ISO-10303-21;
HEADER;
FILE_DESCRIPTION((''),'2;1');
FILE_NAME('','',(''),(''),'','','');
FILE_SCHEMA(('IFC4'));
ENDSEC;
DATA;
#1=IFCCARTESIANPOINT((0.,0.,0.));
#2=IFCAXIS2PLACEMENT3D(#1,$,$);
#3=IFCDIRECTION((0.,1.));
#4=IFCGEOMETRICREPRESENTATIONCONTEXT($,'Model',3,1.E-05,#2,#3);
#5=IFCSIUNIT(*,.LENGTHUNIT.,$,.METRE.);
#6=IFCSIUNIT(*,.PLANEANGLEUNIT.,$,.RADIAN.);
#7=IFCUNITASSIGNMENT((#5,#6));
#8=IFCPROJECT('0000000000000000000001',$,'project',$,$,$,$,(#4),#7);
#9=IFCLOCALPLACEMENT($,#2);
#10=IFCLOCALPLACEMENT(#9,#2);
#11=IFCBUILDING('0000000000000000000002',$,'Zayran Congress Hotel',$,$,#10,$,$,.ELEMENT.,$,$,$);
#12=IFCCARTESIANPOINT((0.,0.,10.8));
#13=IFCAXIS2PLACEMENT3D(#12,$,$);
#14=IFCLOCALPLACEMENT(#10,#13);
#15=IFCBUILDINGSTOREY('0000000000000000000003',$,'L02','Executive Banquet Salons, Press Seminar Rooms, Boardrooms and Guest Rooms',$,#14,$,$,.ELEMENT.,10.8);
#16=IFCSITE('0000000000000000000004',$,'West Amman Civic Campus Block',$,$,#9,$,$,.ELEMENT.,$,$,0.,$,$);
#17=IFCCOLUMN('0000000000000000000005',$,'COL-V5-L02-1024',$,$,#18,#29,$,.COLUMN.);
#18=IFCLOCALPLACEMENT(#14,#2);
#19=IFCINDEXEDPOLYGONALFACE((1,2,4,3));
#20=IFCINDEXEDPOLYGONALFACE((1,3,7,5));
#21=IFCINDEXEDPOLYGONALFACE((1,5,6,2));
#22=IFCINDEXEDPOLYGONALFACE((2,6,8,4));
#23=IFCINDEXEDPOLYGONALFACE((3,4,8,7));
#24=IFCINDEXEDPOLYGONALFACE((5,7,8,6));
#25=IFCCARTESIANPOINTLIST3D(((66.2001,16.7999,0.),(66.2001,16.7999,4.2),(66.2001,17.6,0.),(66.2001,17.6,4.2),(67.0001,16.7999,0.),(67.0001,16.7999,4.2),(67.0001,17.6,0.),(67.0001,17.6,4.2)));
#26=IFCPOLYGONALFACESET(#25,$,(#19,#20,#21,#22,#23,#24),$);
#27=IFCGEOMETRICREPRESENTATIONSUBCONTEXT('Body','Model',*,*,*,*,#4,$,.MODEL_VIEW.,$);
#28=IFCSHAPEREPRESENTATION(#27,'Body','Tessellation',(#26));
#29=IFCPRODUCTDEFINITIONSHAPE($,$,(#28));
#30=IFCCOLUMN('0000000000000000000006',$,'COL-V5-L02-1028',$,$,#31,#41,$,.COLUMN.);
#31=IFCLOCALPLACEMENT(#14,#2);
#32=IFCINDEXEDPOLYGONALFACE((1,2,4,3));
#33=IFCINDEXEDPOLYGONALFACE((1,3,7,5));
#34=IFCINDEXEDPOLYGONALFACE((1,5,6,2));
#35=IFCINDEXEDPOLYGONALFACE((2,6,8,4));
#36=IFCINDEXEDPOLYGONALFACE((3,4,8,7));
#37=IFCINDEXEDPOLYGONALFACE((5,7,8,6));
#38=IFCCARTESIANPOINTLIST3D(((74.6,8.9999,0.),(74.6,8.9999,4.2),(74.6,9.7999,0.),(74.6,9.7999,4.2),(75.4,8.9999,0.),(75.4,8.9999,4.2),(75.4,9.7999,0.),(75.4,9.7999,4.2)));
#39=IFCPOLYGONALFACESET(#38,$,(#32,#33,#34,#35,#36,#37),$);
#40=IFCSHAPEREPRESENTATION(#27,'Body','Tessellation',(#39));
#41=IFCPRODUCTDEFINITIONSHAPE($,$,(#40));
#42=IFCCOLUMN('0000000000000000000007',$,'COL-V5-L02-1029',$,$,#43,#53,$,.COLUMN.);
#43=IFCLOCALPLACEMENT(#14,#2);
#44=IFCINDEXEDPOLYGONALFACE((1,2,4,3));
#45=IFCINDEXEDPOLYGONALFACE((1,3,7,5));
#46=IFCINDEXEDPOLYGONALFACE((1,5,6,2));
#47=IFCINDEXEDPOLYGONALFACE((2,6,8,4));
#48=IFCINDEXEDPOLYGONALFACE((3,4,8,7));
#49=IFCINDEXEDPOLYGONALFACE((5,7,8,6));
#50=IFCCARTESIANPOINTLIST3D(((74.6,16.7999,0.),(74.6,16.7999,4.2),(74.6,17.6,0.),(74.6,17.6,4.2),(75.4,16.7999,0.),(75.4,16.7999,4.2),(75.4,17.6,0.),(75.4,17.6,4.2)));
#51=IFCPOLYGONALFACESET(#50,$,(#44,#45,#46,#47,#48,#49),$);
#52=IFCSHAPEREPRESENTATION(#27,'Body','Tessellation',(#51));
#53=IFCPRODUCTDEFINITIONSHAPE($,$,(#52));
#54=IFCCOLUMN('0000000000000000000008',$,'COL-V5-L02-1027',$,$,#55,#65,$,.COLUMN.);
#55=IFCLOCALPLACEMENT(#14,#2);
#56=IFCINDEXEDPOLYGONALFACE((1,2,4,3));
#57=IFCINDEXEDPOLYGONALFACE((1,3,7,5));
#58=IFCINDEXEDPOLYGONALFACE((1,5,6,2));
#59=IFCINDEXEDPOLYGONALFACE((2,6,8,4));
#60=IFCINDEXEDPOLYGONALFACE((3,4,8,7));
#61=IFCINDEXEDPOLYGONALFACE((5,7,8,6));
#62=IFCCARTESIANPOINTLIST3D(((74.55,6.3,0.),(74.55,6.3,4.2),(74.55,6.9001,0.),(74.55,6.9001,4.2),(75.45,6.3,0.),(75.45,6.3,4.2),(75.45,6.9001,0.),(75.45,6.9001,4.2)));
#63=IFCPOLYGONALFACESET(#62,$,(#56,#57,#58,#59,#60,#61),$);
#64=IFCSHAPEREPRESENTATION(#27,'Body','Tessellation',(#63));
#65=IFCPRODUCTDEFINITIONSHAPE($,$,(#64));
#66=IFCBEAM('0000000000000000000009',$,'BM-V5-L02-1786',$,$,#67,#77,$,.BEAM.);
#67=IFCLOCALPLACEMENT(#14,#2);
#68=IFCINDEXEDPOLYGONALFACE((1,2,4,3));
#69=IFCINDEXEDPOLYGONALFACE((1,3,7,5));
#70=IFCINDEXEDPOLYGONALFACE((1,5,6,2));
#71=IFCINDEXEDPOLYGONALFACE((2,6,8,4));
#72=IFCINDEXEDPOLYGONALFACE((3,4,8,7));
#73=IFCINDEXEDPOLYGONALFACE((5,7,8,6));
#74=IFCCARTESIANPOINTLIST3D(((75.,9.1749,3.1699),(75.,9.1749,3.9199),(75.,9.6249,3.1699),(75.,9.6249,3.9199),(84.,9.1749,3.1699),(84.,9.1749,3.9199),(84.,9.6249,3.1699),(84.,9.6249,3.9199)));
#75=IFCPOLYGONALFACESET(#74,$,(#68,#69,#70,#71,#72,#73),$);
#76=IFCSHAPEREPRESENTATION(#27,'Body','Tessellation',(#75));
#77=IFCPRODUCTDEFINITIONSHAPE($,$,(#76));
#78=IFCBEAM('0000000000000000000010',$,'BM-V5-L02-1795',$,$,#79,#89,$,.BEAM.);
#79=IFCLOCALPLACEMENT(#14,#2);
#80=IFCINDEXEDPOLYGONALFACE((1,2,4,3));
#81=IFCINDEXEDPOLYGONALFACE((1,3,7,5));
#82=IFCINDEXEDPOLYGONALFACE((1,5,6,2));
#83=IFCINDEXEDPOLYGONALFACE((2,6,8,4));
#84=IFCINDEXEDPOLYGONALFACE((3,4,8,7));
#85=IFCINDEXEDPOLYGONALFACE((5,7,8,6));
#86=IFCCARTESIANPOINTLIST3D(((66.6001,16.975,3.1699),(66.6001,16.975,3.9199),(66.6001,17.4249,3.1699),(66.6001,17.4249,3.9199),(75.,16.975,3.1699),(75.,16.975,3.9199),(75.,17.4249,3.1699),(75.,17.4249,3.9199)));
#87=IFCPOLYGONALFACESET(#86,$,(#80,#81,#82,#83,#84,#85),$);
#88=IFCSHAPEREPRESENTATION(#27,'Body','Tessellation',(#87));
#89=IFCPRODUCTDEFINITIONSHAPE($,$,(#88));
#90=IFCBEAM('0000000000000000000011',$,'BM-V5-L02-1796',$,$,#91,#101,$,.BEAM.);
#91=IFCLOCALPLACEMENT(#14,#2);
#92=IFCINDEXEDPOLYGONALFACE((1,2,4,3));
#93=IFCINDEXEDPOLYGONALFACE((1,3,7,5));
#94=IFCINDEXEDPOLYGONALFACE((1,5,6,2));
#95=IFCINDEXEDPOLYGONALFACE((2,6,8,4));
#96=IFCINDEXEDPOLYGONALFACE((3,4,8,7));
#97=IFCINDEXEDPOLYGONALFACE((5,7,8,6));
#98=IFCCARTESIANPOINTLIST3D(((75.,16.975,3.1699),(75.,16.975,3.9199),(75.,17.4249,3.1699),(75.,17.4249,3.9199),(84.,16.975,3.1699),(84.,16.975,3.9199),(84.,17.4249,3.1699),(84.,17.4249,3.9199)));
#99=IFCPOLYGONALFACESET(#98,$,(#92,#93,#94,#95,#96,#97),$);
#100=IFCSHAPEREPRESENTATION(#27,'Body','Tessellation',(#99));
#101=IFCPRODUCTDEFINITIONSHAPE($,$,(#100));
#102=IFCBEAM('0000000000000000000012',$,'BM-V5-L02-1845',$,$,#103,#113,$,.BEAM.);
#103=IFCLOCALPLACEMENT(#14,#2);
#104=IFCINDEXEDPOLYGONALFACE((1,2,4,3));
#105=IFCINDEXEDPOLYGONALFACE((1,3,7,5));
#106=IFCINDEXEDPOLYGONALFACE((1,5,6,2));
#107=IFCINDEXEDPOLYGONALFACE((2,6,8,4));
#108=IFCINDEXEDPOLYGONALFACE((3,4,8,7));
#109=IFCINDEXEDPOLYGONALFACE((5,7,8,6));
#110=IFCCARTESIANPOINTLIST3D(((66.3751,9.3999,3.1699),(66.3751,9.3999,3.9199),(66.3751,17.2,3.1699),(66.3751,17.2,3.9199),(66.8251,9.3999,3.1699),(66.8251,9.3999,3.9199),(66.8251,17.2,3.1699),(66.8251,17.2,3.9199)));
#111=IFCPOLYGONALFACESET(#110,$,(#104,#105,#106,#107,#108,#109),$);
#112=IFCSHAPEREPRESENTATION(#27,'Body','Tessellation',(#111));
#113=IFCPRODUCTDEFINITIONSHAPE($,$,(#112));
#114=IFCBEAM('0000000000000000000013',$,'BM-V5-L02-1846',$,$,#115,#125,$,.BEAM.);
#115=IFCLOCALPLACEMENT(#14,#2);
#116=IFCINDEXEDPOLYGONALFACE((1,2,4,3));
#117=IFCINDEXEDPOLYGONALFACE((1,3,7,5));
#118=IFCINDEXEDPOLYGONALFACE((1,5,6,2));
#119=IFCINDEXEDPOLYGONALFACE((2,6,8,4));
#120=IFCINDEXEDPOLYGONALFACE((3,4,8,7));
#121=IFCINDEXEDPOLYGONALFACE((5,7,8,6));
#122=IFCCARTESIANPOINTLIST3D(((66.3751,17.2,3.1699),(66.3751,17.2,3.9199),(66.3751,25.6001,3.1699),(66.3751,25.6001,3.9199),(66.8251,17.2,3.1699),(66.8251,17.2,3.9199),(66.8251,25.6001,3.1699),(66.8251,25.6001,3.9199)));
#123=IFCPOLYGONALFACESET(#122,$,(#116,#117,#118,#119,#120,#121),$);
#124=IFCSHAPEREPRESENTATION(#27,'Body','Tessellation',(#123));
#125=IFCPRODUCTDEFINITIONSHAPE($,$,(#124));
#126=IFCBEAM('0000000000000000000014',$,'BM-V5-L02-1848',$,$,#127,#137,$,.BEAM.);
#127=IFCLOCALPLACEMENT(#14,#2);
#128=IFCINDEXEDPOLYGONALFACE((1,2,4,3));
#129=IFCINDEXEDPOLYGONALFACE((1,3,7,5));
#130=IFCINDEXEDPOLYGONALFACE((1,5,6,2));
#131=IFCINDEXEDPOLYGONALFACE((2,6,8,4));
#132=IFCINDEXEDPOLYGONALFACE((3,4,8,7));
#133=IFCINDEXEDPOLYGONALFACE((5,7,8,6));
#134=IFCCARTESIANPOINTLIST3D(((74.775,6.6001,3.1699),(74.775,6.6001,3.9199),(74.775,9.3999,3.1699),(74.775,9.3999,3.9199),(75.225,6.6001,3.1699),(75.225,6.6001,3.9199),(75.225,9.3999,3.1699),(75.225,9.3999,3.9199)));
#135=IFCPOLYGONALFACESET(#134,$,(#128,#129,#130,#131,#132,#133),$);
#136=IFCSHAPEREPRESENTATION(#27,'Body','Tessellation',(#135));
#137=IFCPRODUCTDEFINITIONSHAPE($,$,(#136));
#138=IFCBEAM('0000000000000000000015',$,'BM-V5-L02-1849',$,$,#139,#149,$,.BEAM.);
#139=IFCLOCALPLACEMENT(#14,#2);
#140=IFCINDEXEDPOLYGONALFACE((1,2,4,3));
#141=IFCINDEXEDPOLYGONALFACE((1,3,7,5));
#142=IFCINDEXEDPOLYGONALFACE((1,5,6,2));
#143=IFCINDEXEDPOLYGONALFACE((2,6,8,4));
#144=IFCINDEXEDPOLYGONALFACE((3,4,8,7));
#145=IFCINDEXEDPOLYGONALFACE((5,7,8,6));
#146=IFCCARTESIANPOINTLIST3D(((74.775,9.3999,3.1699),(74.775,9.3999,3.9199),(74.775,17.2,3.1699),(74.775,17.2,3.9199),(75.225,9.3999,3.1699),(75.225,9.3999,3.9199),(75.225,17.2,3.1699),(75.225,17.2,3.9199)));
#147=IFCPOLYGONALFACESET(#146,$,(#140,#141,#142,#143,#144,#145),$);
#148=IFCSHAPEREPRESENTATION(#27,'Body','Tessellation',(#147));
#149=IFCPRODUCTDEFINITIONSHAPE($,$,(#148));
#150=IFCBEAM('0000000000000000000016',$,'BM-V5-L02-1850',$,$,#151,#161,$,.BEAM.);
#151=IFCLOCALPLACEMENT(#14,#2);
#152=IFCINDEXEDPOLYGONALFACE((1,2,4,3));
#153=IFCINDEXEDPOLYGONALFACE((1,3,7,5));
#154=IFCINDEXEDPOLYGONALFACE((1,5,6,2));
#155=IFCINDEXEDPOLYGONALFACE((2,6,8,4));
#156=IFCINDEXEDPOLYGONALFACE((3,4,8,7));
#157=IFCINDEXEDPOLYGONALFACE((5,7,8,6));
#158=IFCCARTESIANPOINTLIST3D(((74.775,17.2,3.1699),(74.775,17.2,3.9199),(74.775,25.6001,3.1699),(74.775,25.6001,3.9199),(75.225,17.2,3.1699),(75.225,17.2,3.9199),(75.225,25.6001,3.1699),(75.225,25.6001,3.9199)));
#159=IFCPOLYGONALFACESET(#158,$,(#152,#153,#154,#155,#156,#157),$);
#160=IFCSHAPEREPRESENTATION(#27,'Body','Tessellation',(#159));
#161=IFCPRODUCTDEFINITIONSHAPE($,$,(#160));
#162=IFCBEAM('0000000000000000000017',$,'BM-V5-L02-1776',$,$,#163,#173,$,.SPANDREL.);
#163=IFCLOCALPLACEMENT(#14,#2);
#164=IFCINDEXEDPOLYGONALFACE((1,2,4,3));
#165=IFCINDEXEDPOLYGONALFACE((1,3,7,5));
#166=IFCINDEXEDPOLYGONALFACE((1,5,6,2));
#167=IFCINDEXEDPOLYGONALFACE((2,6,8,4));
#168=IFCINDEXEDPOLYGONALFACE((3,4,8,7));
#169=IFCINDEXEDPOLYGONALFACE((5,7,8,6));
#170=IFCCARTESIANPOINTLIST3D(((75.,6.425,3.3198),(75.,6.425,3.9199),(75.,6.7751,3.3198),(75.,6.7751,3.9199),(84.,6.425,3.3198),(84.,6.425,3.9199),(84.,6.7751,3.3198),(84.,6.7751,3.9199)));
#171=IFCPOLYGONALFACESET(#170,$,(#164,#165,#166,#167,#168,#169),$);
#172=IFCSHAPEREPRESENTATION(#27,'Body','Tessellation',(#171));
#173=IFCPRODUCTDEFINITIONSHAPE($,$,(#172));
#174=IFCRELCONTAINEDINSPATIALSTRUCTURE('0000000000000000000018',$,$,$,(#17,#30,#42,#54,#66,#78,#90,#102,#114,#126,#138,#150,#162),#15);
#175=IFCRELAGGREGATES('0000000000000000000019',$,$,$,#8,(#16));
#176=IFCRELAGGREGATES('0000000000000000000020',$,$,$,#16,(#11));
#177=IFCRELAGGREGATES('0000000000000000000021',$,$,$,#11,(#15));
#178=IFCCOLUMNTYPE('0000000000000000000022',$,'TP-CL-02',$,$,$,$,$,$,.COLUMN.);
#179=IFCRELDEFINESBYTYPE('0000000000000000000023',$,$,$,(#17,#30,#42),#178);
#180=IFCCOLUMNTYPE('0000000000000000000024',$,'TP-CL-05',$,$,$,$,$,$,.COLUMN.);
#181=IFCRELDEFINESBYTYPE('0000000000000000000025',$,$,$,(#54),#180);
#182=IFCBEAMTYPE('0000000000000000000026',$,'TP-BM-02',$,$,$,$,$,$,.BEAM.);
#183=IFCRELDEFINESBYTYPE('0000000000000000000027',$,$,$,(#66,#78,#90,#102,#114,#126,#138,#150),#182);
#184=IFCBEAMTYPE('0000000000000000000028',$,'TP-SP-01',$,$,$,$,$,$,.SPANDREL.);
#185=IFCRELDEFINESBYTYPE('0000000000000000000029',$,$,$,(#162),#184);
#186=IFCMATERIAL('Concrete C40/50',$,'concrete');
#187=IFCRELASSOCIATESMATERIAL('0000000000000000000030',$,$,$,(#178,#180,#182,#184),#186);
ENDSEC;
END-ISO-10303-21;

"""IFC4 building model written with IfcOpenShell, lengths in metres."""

from ifc_helpers import new_model, si_unit, direction, frame, origin, origin_2d, place, context, subcontext, project, spatial, rectangle, extrude, material, material_profile, profile_set, type_object, element, save


model = new_model("IFC4")

# Units and contexts
model_context = context("Model", 3, precision=1e-05, world=origin(), true_north=direction((0.0, 1.0)))
body_context = subcontext(model_context, "Body", "Model", "MODEL_VIEW")
ifc_project = project(units=[si_unit("LENGTHUNIT", "METRE"), si_unit("PLANEANGLEUNIT", "RADIAN")], contexts=[model_context])

# Site, building, storey
site_placement = place(None, origin())
site = spatial("IfcSite", under=ifc_project, at=site_placement, Name="West Amman Civic Campus Block", CompositionType="ELEMENT", RefElevation=0.0)
building_placement = place(site_placement, origin())
building = spatial("IfcBuilding", under=site, at=building_placement, Name="Zayran Congress Hotel", CompositionType="ELEMENT")
storey_placement = place(building_placement, frame((0.0, 0.0, 10.8)))
storey = spatial("IfcBuildingStorey", under=building, at=storey_placement, Name="L02", Description="Executive Banquet Salons, Press Seminar Rooms, Boardrooms and Guest Rooms", CompositionType="ELEMENT", Elevation=10.8)

# Columns
ifc_material_1 = material(Name="Concrete C40/50", Category="concrete")
ifc_material_profile_1 = material_profile(ifc_material_1, rectangle(XDim=0.8, YDim=0.8, at=origin_2d()), Name="RC 800x800")
ifc_profile_set_1 = profile_set([ifc_material_profile_1], Name="Concrete C40/50")
column_type_1 = type_object("IfcColumnType", Name="TP-CL-02", PredefinedType="COLUMN", material=ifc_profile_set_1)
for number, where, z_axis, x_axis, name in (
    (1, (66.6001, 17.2, 0.0), (0.0, 0.0, 1.0), (1.0, 0.0, 0.0), "COL-V5-L02-1024"),
    (2, (75.0, 9.3999, 0.0), (0.0, 0.0, 1.0), (1.0, 0.0, 0.0), "COL-V5-L02-1028"),
    (3, (75.0, 17.2, 0.0), (0.0, 0.0, 1.0), (1.0, 0.0, 0.0), "COL-V5-L02-1029"),
):
    element("IfcColumn", number, at=place(storey_placement, frame(where, z_axis=z_axis, x_axis=x_axis)), inside=storey, type_object=column_type_1, Name=name, PredefinedType="COLUMN", context=body_context, shape_type="SweptSolid", body=[
        extrude(rectangle(XDim=0.8, YDim=0.8, at=origin_2d()), origin(), (0.0, 0.0, 1.0), 4.2),
    ])
ifc_material_profile_2 = material_profile(ifc_material_1, rectangle(XDim=0.6001, YDim=0.8999, at=origin_2d()), Name="RC 900x600")
ifc_profile_set_2 = profile_set([ifc_material_profile_2], Name="Concrete C40/50")
column_type_2 = type_object("IfcColumnType", Name="TP-CL-05", PredefinedType="COLUMN", material=ifc_profile_set_2)
column_placement = place(storey_placement, frame((75.0, 6.6001, 0.0), z_axis=(0.0, 0.0, 1.0), x_axis=(0.0, 1.0, 0.0)))
element("IfcColumn", 4, at=column_placement, inside=storey, type_object=column_type_2, Name="COL-V5-L02-1027", PredefinedType="COLUMN", context=body_context, shape_type="SweptSolid", body=[
    extrude(rectangle(XDim=0.6001, YDim=0.8999, at=origin_2d()), origin(), (0.0, 0.0, 1.0), 4.2),
])

# Beams
ifc_material_profile_3 = material_profile(ifc_material_1, rectangle(XDim=0.45, YDim=0.75, at=origin_2d()), Name="RC 450x750")
ifc_profile_set_3 = profile_set([ifc_material_profile_3], Name="Concrete C40/50")
beam_type_1 = type_object("IfcBeamType", Name="TP-BM-02", PredefinedType="BEAM", material=ifc_profile_set_3)
beam_1_placement = place(storey_placement, frame((75.0, 9.3999, 3.5449), z_axis=(1.0, 0.0, 0.0), x_axis=(0.0, 1.0, 0.0)))
element("IfcBeam", 5, at=beam_1_placement, inside=storey, type_object=beam_type_1, Name="BM-V5-L02-1786", PredefinedType="BEAM", context=body_context, shape_type="SweptSolid", body=[
    extrude(rectangle(XDim=0.45, YDim=0.75, at=origin_2d()), origin(), (0.0, 0.0, 1.0), 9.0),
])
beam_2_placement = place(storey_placement, frame((66.6001, 17.2, 3.5449), z_axis=(1.0, 0.0, 0.0), x_axis=(0.0, 1.0, 0.0)))
element("IfcBeam", 6, at=beam_2_placement, inside=storey, type_object=beam_type_1, Name="BM-V5-L02-1795", PredefinedType="BEAM", context=body_context, shape_type="SweptSolid", body=[
    extrude(rectangle(XDim=0.45, YDim=0.75, at=origin_2d()), origin(), (0.0, 0.0, 1.0), 8.3999),
])
beam_3_placement = place(storey_placement, frame((75.0, 17.2, 3.5449), z_axis=(1.0, 0.0, 0.0), x_axis=(0.0, 1.0, 0.0)))
element("IfcBeam", 7, at=beam_3_placement, inside=storey, type_object=beam_type_1, Name="BM-V5-L02-1796", PredefinedType="BEAM", context=body_context, shape_type="SweptSolid", body=[
    extrude(rectangle(XDim=0.45, YDim=0.75, at=origin_2d()), origin(), (0.0, 0.0, 1.0), 9.0),
])
beam_4_placement = place(storey_placement, frame((66.6001, 9.3999, 3.5449), z_axis=(0.0, 1.0, 0.0), x_axis=(-1.0, 0.0, 0.0)))
element("IfcBeam", 8, at=beam_4_placement, inside=storey, type_object=beam_type_1, Name="BM-V5-L02-1845", PredefinedType="BEAM", context=body_context, shape_type="SweptSolid", body=[
    extrude(rectangle(XDim=0.45, YDim=0.75, at=origin_2d()), origin(), (0.0, 0.0, 1.0), 7.8),
])
beam_5_placement = place(storey_placement, frame((66.6001, 17.2, 3.5449), z_axis=(0.0, 1.0, 0.0), x_axis=(-1.0, 0.0, 0.0)))
element("IfcBeam", 9, at=beam_5_placement, inside=storey, type_object=beam_type_1, Name="BM-V5-L02-1846", PredefinedType="BEAM", context=body_context, shape_type="SweptSolid", body=[
    extrude(rectangle(XDim=0.45, YDim=0.75, at=origin_2d()), origin(), (0.0, 0.0, 1.0), 8.4001),
])
beam_6_placement = place(storey_placement, frame((75.0, 6.6001, 3.5449), z_axis=(0.0, 1.0, 0.0), x_axis=(-1.0, 0.0, 0.0)))
element("IfcBeam", 10, at=beam_6_placement, inside=storey, type_object=beam_type_1, Name="BM-V5-L02-1848", PredefinedType="BEAM", context=body_context, shape_type="SweptSolid", body=[
    extrude(rectangle(XDim=0.45, YDim=0.75, at=origin_2d()), origin(), (0.0, 0.0, 1.0), 2.7998),
])
beam_7_placement = place(storey_placement, frame((75.0, 9.3999, 3.5449), z_axis=(0.0, 1.0, 0.0), x_axis=(-1.0, 0.0, 0.0)))
element("IfcBeam", 11, at=beam_7_placement, inside=storey, type_object=beam_type_1, Name="BM-V5-L02-1849", PredefinedType="BEAM", context=body_context, shape_type="SweptSolid", body=[
    extrude(rectangle(XDim=0.45, YDim=0.75, at=origin_2d()), origin(), (0.0, 0.0, 1.0), 7.8),
])
beam_8_placement = place(storey_placement, frame((75.0, 17.2, 3.5449), z_axis=(0.0, 1.0, 0.0), x_axis=(-1.0, 0.0, 0.0)))
element("IfcBeam", 12, at=beam_8_placement, inside=storey, type_object=beam_type_1, Name="BM-V5-L02-1850", PredefinedType="BEAM", context=body_context, shape_type="SweptSolid", body=[
    extrude(rectangle(XDim=0.45, YDim=0.75, at=origin_2d()), origin(), (0.0, 0.0, 1.0), 8.4001),
])
ifc_material_profile_4 = material_profile(ifc_material_1, rectangle(XDim=0.3501, YDim=0.6001, at=origin_2d()), Name="RC 350x600")
ifc_profile_set_4 = profile_set([ifc_material_profile_4], Name="Concrete C40/50")
beam_type_2 = type_object("IfcBeamType", Name="TP-SP-01", PredefinedType="SPANDREL", material=ifc_profile_set_4)
beam_9_placement = place(storey_placement, frame((75.0, 6.6001, 3.6199), z_axis=(1.0, 0.0, 0.0), x_axis=(0.0, 1.0, 0.0)))
element("IfcBeam", 13, at=beam_9_placement, inside=storey, type_object=beam_type_2, Name="BM-V5-L02-1776", PredefinedType="SPANDREL", context=body_context, shape_type="SweptSolid", body=[
    extrude(rectangle(XDim=0.3501, YDim=0.6001, at=origin_2d()), origin(), (0.0, 0.0, 1.0), 9.0),
])

save(model, "model.ifc")
